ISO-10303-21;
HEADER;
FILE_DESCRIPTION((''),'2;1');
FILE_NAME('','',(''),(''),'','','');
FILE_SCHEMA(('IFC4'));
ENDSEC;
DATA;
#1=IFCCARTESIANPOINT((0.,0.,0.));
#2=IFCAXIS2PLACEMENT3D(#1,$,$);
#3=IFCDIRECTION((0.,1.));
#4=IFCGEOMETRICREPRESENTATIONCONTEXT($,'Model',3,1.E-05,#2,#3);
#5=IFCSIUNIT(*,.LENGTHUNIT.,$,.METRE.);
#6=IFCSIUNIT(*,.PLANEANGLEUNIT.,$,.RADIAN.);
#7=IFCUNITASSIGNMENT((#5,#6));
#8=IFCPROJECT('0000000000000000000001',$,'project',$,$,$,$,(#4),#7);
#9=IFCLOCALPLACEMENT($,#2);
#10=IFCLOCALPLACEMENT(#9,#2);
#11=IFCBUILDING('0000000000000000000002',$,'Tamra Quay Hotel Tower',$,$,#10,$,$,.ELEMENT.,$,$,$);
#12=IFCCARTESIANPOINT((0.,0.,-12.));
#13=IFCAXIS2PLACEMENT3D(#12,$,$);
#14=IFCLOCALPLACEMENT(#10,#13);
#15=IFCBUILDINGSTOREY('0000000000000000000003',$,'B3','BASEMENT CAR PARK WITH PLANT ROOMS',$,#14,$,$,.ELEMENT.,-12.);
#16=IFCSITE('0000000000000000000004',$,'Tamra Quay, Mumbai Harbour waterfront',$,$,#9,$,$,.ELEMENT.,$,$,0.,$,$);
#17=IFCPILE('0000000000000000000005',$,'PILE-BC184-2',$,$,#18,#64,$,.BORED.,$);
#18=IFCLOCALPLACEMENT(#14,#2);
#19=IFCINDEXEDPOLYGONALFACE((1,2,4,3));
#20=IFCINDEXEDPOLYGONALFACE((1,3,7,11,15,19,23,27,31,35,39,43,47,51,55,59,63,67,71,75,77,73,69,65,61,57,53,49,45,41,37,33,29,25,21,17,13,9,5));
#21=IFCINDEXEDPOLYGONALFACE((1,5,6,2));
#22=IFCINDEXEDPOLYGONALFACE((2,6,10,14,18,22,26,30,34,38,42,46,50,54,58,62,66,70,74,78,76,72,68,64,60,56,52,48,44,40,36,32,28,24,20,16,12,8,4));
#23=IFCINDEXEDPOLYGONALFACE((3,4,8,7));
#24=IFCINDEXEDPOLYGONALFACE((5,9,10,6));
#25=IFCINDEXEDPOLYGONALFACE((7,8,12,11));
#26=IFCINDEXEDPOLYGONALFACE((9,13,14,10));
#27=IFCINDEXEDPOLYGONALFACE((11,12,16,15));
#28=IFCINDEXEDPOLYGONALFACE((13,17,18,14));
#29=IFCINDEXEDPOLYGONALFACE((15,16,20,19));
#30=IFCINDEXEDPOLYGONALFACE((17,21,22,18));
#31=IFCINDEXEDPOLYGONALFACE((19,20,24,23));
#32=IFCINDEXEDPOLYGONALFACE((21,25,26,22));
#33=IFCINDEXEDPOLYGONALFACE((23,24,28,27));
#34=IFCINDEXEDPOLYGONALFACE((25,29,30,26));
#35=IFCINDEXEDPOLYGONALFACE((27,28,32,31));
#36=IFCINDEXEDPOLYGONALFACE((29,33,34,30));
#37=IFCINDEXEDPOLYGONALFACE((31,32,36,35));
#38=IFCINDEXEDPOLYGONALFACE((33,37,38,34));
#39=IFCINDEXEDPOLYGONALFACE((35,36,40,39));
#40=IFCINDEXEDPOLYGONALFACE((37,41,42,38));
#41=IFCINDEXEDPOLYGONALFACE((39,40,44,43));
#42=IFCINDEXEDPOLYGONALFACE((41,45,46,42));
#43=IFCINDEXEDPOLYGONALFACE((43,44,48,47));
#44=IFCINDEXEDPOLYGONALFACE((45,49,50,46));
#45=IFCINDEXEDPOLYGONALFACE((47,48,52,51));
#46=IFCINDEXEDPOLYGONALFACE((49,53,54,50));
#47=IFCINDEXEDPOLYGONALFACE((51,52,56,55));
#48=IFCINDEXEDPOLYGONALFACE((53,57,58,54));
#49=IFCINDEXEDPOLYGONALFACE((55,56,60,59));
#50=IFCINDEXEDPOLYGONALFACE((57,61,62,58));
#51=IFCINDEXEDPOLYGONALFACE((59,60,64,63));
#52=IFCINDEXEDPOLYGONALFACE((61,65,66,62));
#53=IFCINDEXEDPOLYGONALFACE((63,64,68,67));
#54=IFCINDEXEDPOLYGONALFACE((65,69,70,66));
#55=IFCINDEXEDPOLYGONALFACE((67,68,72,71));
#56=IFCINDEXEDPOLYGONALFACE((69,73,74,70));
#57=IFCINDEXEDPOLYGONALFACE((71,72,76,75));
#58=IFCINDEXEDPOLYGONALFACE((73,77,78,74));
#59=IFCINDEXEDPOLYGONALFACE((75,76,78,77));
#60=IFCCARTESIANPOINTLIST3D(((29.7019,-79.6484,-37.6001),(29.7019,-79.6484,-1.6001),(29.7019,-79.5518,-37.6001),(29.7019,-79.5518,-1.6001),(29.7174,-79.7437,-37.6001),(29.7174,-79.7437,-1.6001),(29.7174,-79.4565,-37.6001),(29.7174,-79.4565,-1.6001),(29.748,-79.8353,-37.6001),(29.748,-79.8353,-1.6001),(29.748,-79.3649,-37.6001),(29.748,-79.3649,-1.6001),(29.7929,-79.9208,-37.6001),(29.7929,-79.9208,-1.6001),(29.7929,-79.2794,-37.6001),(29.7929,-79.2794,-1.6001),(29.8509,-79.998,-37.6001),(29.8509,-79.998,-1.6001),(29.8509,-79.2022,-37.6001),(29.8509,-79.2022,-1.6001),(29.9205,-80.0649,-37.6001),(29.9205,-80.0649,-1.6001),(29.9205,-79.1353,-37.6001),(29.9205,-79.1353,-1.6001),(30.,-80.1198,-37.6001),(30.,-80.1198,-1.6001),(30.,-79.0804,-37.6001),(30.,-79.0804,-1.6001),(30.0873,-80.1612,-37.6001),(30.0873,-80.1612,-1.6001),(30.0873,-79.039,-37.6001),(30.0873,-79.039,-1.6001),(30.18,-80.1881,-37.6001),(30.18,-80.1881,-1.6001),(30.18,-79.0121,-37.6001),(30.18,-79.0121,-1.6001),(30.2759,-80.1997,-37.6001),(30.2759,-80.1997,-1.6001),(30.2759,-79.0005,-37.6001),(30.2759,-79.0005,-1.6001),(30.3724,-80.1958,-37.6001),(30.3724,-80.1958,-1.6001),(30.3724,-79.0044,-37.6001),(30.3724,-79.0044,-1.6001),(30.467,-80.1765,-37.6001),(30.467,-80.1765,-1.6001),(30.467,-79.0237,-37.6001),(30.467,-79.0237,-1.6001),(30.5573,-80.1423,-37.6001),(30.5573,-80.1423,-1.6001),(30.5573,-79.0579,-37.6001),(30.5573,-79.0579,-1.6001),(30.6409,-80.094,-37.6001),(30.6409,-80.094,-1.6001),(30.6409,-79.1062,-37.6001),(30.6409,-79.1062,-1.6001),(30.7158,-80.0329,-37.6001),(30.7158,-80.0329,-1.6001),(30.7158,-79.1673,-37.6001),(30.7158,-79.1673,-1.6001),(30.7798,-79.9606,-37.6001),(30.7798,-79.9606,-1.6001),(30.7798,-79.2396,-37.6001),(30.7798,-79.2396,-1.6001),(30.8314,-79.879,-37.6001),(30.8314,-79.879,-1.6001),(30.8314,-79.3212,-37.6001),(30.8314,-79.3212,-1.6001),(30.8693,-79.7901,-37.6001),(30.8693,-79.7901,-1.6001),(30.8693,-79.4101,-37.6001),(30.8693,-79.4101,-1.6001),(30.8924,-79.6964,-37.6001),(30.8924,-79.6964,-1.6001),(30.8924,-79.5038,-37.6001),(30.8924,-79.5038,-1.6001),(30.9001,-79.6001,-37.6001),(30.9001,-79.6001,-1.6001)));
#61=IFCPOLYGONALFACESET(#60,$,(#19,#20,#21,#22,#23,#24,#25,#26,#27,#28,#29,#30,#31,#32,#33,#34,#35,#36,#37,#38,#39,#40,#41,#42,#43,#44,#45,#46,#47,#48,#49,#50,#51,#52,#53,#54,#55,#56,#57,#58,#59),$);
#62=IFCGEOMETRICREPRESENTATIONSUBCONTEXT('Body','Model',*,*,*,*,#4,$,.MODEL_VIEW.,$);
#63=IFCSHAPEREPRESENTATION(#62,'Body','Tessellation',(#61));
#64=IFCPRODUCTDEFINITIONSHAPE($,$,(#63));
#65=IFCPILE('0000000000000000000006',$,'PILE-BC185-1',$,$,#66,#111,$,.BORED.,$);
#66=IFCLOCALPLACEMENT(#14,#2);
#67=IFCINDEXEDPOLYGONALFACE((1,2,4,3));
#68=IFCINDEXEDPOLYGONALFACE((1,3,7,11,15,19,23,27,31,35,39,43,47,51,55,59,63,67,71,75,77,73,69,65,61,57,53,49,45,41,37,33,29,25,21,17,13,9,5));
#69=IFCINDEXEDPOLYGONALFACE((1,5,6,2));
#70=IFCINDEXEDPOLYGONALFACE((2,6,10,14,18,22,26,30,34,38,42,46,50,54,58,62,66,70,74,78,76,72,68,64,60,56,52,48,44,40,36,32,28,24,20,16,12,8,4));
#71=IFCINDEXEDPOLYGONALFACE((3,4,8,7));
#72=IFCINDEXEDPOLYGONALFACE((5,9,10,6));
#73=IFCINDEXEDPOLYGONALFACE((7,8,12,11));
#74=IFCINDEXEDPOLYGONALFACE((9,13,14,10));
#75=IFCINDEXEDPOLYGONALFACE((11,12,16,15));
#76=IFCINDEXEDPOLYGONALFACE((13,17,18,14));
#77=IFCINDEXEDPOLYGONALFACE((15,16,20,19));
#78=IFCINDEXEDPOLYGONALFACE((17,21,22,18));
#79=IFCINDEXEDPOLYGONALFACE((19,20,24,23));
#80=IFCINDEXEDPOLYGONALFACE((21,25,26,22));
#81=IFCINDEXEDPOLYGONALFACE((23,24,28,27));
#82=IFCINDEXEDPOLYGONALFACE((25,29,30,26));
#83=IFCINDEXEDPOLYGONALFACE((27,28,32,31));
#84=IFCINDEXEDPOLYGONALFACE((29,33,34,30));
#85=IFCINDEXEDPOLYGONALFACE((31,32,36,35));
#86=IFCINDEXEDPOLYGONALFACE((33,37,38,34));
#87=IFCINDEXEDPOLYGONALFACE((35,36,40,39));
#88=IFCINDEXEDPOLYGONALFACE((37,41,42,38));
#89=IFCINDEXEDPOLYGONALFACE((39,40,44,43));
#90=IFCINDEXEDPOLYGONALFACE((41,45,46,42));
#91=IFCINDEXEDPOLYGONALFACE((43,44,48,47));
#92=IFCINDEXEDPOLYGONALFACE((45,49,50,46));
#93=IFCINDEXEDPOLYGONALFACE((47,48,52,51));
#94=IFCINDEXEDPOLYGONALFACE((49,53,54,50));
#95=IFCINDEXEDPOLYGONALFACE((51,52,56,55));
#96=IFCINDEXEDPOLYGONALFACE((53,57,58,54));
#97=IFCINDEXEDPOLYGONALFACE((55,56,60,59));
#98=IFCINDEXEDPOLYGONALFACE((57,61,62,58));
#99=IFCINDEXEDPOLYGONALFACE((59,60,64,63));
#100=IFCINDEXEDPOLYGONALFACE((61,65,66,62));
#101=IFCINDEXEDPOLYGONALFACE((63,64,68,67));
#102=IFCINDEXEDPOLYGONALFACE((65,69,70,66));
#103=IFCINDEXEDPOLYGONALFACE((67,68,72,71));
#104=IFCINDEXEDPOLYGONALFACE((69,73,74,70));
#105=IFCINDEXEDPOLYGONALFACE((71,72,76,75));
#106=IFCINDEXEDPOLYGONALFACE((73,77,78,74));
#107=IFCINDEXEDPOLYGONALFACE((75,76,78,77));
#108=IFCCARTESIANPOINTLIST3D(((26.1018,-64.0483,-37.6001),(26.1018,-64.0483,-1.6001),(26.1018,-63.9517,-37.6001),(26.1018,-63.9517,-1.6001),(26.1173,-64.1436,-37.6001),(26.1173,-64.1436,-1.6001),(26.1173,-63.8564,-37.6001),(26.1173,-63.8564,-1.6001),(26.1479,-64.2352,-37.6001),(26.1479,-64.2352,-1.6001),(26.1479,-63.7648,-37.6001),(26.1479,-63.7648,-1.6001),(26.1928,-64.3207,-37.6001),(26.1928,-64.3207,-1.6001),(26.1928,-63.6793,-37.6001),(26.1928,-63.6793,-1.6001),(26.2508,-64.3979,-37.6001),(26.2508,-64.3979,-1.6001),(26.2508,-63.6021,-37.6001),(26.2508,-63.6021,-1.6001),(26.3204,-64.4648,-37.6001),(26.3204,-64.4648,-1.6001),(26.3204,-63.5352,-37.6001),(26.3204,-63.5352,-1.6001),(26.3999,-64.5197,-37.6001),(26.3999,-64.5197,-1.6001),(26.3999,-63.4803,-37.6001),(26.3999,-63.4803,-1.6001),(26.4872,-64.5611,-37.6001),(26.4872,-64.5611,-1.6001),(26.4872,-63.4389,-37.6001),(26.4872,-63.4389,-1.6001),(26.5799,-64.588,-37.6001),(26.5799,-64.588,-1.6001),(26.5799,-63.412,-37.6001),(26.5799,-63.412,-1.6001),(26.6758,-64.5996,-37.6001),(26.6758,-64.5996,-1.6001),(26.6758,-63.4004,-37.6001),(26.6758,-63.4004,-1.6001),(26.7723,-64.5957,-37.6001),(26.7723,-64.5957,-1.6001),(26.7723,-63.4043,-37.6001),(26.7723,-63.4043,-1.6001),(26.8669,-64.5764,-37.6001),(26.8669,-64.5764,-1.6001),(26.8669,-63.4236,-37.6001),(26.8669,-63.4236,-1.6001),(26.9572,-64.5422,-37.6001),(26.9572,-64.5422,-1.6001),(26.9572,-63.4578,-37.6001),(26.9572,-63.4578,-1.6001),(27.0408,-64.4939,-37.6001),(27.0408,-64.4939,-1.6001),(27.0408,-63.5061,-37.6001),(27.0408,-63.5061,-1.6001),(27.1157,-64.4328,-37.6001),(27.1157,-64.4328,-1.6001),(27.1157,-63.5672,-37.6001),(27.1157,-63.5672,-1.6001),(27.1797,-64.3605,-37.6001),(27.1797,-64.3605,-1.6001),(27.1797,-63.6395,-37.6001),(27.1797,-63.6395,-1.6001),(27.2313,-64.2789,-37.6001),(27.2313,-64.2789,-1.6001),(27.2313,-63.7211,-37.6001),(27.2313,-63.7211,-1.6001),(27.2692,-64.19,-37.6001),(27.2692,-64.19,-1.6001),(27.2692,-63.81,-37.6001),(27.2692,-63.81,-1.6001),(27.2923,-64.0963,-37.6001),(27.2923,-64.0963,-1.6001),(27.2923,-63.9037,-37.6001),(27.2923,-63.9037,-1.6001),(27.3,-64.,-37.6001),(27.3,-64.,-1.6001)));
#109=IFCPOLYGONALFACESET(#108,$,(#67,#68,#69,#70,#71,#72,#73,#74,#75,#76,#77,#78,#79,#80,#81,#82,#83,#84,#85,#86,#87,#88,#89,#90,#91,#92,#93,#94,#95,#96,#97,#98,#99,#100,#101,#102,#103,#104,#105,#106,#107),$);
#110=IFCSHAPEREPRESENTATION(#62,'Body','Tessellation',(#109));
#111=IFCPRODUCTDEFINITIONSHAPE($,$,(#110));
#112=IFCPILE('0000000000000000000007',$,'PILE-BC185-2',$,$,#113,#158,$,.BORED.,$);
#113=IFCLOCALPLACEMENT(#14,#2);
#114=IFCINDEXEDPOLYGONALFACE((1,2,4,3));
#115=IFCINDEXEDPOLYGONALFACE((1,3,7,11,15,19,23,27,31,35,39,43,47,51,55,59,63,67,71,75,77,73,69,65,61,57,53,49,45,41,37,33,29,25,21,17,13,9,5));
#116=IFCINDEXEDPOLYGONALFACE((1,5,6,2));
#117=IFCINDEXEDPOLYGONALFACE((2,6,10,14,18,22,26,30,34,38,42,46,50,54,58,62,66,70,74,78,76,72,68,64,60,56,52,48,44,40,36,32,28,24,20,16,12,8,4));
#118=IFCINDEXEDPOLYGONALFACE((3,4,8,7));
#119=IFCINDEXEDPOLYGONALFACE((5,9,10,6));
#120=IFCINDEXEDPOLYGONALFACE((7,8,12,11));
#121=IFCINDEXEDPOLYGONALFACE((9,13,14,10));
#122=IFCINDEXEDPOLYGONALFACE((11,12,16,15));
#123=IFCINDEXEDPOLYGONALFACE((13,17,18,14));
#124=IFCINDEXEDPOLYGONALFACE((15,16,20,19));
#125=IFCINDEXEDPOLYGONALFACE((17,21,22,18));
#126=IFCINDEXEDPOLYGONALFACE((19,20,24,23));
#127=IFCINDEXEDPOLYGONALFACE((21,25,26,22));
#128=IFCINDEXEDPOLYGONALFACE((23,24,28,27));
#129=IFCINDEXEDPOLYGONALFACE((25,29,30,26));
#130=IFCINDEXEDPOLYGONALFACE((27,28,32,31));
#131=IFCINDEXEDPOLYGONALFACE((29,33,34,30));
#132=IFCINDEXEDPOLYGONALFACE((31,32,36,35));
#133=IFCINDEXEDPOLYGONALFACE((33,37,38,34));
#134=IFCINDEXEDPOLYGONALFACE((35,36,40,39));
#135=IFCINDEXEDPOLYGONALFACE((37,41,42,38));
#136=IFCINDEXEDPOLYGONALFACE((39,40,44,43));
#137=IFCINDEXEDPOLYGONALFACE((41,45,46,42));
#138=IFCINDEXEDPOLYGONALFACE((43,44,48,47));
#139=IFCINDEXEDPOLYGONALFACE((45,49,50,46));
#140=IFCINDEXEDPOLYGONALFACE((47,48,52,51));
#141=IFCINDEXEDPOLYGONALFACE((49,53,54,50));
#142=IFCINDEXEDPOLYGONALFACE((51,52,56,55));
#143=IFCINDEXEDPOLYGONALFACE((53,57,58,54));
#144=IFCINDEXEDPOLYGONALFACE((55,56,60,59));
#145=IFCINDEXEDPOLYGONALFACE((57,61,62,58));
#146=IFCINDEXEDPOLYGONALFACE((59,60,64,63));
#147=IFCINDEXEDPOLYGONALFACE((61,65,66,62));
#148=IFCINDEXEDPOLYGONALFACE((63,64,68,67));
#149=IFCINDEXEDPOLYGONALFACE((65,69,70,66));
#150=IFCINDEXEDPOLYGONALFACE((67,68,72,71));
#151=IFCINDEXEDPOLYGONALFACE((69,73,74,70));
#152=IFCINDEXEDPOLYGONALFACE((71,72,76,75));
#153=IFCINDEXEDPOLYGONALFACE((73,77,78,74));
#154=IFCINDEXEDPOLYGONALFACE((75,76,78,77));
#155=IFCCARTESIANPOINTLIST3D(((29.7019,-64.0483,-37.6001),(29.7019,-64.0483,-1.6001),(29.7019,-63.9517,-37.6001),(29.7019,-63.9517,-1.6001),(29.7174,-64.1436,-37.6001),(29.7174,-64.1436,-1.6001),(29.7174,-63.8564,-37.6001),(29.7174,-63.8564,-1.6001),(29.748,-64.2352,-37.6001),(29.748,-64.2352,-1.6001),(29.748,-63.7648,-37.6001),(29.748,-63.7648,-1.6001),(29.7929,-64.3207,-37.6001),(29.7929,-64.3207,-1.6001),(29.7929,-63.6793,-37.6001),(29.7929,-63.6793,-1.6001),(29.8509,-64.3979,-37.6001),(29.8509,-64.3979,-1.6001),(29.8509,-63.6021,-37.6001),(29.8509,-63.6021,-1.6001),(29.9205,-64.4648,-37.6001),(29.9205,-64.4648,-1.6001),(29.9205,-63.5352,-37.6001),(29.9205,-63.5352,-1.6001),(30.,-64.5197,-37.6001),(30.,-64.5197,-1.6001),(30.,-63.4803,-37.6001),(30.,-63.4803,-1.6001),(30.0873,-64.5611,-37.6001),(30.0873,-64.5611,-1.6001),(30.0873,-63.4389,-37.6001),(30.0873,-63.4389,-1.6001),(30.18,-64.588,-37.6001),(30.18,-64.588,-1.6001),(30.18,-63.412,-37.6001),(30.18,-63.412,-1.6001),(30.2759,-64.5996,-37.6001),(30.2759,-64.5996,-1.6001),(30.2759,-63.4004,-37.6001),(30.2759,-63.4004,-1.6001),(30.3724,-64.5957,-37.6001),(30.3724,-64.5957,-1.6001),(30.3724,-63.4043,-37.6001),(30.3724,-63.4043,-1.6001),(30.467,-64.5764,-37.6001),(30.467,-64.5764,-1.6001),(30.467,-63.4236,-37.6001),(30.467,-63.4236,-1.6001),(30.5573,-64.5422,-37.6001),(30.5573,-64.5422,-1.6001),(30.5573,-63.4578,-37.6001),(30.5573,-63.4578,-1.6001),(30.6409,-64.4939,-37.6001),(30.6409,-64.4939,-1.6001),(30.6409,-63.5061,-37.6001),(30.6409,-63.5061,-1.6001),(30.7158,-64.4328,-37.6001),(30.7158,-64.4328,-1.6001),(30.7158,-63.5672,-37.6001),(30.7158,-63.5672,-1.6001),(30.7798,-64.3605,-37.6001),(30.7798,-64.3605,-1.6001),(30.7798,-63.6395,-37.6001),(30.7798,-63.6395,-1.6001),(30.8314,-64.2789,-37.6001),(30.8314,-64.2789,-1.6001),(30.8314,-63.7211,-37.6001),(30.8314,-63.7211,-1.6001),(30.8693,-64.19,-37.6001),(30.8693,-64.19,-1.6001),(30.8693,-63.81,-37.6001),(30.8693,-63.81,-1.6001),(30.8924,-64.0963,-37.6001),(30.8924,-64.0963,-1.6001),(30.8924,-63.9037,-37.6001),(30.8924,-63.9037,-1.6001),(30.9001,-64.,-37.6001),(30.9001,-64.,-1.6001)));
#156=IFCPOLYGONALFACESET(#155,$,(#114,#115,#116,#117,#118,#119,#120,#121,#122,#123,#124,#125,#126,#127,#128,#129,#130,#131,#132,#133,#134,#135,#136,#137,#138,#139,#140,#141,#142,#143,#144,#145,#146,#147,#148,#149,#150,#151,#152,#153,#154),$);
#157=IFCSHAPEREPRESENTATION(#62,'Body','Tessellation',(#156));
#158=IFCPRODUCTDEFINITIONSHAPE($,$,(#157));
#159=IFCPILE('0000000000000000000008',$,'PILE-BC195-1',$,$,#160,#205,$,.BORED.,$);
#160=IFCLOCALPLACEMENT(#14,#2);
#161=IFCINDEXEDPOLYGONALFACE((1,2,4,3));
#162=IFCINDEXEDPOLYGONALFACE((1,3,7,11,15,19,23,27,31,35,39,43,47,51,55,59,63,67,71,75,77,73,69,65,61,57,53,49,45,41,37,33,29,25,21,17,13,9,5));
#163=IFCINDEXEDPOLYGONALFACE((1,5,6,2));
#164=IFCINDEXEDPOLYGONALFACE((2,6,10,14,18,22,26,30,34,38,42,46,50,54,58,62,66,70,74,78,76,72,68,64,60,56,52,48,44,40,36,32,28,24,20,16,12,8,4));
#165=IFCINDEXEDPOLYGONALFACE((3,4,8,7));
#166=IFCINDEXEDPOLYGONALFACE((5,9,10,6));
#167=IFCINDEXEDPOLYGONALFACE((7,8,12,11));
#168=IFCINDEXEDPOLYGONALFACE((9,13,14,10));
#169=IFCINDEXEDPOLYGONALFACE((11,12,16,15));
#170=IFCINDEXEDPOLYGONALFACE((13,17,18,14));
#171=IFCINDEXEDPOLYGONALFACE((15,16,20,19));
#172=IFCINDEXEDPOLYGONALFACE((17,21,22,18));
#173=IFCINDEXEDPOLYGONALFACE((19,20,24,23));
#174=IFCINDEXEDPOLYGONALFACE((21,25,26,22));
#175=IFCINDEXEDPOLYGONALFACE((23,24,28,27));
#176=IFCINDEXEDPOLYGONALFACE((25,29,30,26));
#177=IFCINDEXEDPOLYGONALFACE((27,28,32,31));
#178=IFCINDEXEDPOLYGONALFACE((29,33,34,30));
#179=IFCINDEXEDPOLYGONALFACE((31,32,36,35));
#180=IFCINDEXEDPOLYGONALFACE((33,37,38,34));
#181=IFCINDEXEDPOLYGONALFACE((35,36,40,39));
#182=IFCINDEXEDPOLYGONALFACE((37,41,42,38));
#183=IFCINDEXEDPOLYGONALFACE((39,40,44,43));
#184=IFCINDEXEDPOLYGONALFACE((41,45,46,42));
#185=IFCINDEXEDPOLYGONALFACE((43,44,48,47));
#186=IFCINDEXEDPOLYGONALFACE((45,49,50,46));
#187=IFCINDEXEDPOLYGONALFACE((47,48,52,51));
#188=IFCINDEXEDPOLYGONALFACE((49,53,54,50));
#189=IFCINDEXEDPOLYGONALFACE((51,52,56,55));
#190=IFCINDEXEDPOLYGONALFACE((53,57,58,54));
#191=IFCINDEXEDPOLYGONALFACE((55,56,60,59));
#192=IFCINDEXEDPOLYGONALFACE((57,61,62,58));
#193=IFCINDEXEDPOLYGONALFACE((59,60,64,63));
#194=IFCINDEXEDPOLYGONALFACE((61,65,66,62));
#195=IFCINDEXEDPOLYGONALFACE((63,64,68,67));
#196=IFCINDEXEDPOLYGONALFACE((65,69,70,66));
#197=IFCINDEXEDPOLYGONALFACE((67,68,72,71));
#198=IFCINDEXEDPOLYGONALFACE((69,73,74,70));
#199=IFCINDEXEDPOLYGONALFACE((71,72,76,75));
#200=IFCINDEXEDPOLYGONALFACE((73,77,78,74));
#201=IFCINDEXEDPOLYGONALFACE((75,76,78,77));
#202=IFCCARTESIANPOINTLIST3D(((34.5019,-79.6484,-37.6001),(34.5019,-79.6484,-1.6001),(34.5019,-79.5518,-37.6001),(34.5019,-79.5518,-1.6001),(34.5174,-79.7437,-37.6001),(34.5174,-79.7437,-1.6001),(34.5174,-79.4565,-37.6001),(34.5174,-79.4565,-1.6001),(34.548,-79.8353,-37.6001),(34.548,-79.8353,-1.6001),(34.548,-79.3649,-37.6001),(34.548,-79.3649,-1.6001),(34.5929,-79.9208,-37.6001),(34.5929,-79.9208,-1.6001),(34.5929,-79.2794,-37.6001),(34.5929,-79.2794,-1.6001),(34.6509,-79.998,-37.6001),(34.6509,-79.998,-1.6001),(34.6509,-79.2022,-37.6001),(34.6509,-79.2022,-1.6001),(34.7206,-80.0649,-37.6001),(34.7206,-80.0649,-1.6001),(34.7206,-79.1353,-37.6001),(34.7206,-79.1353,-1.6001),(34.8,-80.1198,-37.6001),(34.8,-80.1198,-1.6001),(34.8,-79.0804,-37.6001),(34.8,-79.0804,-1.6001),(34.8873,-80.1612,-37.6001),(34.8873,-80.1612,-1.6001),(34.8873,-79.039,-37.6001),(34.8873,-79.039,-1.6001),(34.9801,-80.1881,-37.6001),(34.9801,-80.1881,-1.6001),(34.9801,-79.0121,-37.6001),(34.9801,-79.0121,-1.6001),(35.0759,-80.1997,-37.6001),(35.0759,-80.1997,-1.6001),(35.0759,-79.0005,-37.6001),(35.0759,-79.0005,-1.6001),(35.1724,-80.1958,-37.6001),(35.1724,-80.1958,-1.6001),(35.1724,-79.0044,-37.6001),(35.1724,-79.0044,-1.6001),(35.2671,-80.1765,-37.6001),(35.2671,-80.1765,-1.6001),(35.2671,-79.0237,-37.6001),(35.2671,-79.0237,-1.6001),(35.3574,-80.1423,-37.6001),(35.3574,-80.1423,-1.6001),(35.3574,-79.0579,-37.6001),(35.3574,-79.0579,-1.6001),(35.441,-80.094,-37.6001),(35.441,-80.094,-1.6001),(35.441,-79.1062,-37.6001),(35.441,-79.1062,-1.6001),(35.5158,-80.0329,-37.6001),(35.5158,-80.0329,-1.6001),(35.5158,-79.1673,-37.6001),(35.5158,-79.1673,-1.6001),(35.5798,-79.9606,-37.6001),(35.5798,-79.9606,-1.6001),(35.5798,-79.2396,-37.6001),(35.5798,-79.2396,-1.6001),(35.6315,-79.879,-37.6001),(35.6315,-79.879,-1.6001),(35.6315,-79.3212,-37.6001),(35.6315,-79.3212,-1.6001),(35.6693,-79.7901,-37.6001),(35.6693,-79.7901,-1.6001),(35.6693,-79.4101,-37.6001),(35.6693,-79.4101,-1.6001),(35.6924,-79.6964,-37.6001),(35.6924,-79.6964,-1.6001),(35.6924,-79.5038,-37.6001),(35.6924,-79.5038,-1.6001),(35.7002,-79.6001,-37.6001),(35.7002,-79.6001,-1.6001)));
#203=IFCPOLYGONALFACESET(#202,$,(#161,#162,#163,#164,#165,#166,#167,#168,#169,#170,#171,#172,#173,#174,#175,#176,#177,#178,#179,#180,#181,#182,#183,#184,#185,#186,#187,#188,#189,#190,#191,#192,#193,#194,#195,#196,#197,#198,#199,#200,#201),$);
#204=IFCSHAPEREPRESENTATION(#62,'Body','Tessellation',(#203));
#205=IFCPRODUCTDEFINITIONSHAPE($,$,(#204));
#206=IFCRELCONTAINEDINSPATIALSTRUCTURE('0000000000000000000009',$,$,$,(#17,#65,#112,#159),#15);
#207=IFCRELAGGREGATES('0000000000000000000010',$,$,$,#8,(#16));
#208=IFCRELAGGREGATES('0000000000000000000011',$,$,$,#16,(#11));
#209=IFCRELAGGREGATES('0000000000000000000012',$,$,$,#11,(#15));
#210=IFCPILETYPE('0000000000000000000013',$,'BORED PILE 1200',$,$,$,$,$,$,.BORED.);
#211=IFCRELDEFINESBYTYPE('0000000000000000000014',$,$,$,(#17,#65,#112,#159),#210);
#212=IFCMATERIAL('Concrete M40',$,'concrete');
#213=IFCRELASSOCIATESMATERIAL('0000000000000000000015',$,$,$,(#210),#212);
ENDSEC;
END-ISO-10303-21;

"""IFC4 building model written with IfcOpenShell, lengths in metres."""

from ifc_helpers import new_model, si_unit, direction, frame, origin, origin_2d, place, context, subcontext, project, spatial, circle, extrude, material, material_profile, profile_set, type_object, element, save


model = new_model("IFC4")

# Units and contexts
model_context = context("Model", 3, precision=1e-05, world=origin(), true_north=direction((0.0, 1.0)))
body_context = subcontext(model_context, "Body", "Model", "MODEL_VIEW")
ifc_project = project(units=[si_unit("LENGTHUNIT", "METRE"), si_unit("PLANEANGLEUNIT", "RADIAN")], contexts=[model_context])

# Site, building, storey
site_placement = place(None, origin())
site = spatial("IfcSite", under=ifc_project, at=site_placement, Name="Tamra Quay, Mumbai Harbour waterfront", CompositionType="ELEMENT", RefElevation=0.0)
building_placement = place(site_placement, origin())
building = spatial("IfcBuilding", under=site, at=building_placement, Name="Tamra Quay Hotel Tower", CompositionType="ELEMENT")
storey_placement = place(building_placement, frame((0.0, 0.0, -12.0)))
storey = spatial("IfcBuildingStorey", under=building, at=storey_placement, Name="B3", Description="BASEMENT CAR PARK WITH PLANT ROOMS", CompositionType="ELEMENT", Elevation=-12.0)

# Piles
ifc_material_1 = material(Name="Concrete M40", Category="concrete")
ifc_material_profile_1 = material_profile(ifc_material_1, circle(Radius=0.6001, at=origin_2d()), Name="BORED PILE 1200")
ifc_profile_set_1 = profile_set([ifc_material_profile_1], Name="Concrete M40")
pile_type = type_object("IfcPileType", Name="BORED PILE 1200", PredefinedType="BORED", material=ifc_profile_set_1)
for number, where, z_axis, x_axis, name in (
    (1, (30.3, -79.6001, -1.6001), (0.0, 0.0, -1.0), (1.0, 0.0, 0.0), "PILE-BC184-2"),
    (2, (26.7, -64.0, -1.6001), (0.0, 0.0, -1.0), (1.0, 0.0, 0.0), "PILE-BC185-1"),
    (3, (30.3, -64.0, -1.6001), (0.0, 0.0, -1.0), (1.0, 0.0, 0.0), "PILE-BC185-2"),
    (4, (35.1001, -79.6001, -1.6001), (0.0, 0.0, -1.0), (1.0, 0.0, 0.0), "PILE-BC195-1"),
):
    element("IfcPile", number, at=place(storey_placement, frame(where, z_axis=z_axis, x_axis=x_axis)), inside=storey, type_object=pile_type, Name=name, PredefinedType="BORED", context=body_context, shape_type="SweptSolid", body=[
        extrude(circle(Radius=0.6001, at=origin_2d()), origin(), (0.0, 0.0, 1.0), 36.0),
    ])

save(model, "model.ifc")
